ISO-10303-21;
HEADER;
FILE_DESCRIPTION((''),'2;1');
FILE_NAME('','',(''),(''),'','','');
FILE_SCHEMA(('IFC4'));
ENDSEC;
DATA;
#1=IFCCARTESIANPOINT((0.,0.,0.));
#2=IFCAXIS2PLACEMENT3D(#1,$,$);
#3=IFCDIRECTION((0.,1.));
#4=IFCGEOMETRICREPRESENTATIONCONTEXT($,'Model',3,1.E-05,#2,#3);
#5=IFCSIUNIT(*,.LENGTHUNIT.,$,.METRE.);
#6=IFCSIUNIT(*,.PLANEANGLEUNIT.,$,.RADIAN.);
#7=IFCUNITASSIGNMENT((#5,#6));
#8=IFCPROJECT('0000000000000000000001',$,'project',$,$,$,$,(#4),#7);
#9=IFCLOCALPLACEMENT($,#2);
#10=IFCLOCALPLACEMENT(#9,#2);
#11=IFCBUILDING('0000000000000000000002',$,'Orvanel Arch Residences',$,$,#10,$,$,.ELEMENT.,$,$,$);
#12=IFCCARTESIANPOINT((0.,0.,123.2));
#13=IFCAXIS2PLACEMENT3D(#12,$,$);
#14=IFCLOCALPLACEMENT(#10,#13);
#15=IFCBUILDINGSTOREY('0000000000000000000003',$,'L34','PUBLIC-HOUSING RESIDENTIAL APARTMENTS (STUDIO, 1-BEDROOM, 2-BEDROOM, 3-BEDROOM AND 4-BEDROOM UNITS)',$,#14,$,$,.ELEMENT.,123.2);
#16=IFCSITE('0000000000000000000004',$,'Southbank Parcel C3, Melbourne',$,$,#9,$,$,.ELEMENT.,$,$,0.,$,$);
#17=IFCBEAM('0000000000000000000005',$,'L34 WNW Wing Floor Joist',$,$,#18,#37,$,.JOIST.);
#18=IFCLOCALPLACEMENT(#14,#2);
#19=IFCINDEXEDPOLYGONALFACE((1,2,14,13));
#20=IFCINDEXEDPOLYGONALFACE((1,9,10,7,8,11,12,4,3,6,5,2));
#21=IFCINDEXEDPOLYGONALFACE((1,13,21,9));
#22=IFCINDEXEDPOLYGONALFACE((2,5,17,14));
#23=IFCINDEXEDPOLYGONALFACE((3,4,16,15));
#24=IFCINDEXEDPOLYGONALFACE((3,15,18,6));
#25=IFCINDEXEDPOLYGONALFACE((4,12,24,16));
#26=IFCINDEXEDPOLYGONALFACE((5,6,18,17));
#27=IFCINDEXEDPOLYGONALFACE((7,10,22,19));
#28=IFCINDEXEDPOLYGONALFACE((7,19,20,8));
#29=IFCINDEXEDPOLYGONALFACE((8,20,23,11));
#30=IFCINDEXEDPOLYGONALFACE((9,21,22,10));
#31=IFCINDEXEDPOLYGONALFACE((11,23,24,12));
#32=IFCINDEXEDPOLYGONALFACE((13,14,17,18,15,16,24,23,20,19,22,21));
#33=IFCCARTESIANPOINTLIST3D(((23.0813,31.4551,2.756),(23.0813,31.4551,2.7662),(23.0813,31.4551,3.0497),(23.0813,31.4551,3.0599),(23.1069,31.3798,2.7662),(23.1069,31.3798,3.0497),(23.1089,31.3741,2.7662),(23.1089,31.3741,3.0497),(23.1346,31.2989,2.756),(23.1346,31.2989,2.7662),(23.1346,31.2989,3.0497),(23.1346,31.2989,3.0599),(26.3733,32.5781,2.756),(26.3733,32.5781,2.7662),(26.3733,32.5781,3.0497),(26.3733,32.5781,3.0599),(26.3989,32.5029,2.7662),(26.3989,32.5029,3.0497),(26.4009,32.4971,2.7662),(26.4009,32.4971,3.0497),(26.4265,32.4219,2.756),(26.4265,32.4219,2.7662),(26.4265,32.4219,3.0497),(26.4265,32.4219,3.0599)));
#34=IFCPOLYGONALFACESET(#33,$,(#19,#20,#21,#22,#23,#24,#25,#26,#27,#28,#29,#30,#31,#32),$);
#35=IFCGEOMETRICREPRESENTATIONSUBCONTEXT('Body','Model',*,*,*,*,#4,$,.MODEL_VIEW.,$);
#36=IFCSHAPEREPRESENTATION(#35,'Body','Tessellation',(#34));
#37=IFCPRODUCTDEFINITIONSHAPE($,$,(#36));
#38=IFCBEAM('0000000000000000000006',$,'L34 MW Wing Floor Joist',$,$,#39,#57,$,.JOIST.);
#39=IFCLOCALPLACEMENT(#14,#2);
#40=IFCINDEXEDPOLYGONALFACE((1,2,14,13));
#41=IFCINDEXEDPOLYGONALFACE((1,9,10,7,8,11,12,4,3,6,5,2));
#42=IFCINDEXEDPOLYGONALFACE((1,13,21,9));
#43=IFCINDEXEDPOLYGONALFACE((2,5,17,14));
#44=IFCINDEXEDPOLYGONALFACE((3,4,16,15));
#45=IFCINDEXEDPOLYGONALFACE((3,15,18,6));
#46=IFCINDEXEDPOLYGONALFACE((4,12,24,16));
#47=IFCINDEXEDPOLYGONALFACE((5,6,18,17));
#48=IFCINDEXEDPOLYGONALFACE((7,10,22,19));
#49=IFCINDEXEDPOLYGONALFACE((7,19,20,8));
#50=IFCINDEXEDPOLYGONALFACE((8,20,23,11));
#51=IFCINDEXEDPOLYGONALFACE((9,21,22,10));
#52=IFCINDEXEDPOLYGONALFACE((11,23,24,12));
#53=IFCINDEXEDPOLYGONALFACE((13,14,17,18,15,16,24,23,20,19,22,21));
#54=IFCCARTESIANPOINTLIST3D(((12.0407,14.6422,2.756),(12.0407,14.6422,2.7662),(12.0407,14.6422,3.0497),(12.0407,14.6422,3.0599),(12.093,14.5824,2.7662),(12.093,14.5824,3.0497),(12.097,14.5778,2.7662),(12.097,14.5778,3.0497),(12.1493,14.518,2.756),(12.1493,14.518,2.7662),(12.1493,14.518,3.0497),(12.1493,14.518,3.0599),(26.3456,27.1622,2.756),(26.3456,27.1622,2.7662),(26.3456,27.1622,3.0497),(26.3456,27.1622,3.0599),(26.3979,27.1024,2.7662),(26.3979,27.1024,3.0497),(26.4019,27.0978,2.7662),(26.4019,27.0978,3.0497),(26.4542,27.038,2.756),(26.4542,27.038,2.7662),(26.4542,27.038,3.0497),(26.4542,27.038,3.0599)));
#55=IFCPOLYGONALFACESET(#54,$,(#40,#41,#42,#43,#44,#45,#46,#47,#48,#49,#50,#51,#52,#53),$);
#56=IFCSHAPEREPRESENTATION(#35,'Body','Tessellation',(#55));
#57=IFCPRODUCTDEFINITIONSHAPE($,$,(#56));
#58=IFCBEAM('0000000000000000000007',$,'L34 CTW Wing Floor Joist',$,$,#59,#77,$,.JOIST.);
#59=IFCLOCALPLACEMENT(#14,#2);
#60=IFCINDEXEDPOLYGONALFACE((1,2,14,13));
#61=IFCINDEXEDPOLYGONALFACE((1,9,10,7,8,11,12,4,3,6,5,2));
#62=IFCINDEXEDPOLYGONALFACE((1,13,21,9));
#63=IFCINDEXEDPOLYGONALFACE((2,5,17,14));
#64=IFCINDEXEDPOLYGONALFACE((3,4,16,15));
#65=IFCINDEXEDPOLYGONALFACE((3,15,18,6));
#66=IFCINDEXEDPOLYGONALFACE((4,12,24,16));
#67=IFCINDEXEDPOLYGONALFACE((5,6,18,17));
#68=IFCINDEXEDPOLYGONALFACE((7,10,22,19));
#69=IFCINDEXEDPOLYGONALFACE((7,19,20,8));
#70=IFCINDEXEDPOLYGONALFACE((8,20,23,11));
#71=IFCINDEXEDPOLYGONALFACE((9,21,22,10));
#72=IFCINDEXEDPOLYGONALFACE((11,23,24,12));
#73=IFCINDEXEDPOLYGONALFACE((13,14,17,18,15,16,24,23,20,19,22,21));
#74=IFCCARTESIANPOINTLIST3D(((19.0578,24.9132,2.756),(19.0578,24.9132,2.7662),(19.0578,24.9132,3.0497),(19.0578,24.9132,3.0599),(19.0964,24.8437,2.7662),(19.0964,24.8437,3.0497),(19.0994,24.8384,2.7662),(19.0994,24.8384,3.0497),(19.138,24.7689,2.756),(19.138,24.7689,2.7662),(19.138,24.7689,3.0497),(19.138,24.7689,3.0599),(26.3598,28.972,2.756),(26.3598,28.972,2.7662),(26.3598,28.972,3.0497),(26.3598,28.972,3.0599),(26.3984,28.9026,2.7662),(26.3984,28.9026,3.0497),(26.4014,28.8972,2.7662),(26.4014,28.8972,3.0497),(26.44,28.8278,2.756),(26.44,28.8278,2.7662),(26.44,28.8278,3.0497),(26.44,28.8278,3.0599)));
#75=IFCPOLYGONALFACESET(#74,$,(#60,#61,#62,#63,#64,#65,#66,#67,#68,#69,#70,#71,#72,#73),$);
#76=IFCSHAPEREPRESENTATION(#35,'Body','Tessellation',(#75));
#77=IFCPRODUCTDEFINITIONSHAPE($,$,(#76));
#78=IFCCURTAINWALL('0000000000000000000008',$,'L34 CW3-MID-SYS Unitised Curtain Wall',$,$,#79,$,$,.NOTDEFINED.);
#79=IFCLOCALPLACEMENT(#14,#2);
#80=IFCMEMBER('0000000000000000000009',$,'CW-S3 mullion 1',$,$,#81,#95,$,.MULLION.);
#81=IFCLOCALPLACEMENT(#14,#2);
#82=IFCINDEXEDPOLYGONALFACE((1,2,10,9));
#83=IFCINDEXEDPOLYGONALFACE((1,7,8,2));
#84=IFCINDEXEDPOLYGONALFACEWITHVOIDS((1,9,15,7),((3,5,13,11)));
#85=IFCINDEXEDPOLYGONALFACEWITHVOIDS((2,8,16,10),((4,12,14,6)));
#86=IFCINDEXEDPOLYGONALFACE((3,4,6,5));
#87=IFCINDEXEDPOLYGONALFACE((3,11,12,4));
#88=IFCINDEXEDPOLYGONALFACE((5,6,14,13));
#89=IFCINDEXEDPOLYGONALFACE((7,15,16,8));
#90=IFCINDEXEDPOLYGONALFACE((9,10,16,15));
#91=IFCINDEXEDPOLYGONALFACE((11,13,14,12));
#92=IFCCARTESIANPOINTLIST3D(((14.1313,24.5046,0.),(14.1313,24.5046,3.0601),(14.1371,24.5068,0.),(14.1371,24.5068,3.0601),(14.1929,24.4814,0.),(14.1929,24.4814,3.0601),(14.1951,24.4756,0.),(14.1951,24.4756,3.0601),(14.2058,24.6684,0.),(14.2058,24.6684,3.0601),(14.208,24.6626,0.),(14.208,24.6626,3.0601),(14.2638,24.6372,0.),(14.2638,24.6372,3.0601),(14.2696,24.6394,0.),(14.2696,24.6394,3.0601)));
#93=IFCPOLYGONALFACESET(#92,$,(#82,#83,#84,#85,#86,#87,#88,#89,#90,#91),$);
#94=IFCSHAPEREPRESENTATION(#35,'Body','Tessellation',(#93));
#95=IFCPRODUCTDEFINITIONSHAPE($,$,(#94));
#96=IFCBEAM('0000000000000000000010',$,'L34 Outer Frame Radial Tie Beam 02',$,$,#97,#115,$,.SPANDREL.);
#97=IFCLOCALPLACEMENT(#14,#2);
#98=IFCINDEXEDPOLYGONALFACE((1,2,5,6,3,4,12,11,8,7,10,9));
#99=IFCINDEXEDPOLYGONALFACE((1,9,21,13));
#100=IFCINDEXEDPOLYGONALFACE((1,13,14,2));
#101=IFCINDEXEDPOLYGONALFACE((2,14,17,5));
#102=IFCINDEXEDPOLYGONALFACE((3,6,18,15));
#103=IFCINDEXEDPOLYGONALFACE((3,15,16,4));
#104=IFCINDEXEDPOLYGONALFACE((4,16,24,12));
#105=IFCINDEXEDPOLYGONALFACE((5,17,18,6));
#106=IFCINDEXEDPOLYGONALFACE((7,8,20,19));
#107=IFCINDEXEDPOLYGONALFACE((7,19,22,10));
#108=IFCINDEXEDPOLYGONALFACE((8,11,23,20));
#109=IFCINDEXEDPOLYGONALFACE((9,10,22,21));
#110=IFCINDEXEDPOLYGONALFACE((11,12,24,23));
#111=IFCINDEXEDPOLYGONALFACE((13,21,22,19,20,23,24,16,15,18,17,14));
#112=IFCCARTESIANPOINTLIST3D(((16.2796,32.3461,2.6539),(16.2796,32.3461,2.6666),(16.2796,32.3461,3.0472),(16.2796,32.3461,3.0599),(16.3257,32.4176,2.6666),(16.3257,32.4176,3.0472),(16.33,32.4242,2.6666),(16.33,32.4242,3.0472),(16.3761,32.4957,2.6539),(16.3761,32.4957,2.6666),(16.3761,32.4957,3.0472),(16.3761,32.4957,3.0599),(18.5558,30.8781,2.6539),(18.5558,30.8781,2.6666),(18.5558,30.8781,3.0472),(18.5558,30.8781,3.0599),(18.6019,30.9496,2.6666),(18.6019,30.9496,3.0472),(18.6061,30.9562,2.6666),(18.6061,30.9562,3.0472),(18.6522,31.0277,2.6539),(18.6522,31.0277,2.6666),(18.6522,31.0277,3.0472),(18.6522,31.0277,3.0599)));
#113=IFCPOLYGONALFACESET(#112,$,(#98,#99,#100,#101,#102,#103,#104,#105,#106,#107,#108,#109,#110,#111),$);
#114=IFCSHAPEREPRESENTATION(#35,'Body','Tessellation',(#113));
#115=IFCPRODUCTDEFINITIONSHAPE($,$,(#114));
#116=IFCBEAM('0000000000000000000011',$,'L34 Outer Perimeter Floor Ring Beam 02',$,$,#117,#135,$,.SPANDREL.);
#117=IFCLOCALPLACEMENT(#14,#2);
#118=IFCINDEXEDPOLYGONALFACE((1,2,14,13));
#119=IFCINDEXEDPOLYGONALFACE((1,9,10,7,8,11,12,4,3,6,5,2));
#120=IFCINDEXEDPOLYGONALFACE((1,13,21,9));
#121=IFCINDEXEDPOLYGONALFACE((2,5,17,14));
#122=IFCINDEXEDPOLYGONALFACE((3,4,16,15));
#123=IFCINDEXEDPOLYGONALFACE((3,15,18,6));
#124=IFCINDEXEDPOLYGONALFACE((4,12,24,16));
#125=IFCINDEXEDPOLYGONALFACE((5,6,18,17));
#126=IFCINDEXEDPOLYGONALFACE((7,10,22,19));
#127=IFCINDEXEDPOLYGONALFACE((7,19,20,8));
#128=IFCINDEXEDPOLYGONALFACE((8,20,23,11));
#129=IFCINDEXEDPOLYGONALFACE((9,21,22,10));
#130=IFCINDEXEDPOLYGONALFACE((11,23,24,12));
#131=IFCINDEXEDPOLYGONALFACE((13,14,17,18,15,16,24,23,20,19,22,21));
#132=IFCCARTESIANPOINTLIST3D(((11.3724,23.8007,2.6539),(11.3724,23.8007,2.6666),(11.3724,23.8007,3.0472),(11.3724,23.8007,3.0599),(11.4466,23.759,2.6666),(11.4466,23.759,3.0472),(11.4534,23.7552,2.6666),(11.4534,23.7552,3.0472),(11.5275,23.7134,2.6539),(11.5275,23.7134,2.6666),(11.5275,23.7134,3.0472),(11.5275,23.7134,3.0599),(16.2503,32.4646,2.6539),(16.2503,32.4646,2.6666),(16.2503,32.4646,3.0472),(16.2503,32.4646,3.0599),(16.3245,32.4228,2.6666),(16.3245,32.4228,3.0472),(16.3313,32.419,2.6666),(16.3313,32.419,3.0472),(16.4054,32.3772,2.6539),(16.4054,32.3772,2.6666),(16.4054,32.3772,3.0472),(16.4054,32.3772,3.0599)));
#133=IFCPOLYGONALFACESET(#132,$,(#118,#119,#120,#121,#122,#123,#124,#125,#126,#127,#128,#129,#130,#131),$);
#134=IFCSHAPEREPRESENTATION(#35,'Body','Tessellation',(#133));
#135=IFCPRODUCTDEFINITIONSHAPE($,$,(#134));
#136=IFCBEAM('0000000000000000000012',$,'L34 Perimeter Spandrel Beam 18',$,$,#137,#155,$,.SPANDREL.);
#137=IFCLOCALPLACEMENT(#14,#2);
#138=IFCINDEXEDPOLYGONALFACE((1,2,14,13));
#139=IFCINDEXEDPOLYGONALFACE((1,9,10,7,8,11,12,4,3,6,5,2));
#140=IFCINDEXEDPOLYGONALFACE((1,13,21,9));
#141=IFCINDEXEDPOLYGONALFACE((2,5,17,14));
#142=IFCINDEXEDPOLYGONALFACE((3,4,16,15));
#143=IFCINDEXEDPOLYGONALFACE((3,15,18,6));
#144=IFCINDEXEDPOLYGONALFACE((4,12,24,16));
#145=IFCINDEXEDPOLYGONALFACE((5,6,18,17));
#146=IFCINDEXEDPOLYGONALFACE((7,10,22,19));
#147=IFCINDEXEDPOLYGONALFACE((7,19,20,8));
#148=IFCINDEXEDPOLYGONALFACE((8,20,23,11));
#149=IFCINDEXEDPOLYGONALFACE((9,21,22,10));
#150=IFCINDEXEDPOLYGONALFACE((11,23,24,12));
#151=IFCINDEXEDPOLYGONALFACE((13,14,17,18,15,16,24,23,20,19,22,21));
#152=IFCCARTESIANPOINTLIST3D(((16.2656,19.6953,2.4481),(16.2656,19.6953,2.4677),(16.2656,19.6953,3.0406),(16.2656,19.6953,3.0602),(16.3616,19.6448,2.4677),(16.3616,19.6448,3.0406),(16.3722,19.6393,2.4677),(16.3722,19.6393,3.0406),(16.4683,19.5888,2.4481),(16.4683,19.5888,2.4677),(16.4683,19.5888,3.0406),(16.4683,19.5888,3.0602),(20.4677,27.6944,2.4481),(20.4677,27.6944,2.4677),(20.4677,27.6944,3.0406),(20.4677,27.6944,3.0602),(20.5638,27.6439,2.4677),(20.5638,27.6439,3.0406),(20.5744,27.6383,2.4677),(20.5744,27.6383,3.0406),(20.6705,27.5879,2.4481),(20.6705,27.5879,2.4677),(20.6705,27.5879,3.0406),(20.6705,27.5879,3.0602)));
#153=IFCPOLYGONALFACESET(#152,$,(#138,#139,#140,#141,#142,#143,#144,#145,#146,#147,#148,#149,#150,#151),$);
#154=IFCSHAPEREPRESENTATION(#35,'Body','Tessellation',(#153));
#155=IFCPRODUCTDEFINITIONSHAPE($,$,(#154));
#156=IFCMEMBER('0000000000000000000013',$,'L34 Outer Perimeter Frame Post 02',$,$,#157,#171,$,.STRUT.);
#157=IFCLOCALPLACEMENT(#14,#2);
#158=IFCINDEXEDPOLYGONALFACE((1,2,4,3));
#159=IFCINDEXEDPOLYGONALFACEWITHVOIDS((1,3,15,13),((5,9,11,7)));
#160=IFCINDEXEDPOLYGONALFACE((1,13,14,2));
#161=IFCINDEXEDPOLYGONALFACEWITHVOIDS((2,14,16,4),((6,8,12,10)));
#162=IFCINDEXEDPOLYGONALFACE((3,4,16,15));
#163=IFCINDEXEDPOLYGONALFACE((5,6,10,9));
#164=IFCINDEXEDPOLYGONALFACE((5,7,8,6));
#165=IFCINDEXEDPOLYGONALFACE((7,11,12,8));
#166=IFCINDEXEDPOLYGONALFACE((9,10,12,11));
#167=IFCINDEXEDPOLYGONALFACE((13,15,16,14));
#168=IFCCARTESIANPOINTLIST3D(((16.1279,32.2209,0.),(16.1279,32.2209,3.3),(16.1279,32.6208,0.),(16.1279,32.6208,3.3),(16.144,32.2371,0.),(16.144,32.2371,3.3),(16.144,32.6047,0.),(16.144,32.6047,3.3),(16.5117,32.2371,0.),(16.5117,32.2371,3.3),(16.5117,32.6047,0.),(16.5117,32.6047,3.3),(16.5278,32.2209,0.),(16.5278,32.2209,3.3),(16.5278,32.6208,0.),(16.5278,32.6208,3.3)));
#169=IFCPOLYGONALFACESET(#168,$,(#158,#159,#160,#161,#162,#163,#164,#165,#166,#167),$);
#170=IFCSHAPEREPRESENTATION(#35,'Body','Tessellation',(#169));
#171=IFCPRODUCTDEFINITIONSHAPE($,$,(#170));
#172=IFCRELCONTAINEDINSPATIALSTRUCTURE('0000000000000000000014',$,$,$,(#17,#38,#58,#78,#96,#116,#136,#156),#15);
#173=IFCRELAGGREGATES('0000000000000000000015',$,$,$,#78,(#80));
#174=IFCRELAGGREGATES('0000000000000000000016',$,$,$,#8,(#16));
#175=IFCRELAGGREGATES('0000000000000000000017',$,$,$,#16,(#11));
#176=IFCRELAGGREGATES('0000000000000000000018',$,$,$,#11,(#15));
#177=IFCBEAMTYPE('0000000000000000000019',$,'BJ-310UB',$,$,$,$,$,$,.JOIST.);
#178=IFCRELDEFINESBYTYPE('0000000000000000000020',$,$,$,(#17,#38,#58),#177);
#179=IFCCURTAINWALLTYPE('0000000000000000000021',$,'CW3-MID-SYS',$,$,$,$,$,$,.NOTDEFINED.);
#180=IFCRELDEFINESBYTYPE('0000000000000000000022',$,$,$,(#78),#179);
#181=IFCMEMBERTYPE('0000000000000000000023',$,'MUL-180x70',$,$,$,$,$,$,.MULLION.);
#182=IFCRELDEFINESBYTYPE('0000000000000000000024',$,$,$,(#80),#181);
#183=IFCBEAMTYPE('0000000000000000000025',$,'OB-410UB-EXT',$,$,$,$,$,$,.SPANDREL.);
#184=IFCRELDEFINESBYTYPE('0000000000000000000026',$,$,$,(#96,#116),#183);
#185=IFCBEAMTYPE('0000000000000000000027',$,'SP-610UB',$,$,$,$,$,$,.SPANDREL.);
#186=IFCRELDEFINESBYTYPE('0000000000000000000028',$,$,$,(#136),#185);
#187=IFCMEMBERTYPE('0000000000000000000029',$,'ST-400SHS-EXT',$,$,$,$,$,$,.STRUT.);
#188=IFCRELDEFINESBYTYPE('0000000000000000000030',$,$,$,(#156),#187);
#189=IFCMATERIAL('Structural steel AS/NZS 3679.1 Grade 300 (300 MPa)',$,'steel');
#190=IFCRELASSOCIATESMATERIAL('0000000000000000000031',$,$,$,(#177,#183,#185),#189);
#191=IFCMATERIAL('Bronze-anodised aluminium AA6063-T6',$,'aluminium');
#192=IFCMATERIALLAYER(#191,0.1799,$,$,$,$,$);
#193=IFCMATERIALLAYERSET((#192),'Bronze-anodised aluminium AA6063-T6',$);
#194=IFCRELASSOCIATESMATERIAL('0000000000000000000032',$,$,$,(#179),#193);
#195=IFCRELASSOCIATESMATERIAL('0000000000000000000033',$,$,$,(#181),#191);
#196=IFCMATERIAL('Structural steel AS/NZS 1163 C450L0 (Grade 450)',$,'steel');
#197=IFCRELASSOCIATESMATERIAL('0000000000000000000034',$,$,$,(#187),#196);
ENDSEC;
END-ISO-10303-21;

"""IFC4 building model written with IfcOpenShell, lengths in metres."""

from ifc_helpers import new_model, si_unit, direction, frame, origin, origin_2d, place, context, subcontext, project, spatial, hollow_rectangle, i_section, extrude, material, layer, layer_set, material_profile, profile_set, type_object, element, aggregate, save


model = new_model("IFC4")

# Units and contexts
model_context = context("Model", 3, precision=1e-05, world=origin(), true_north=direction((0.0, 1.0)))
body_context = subcontext(model_context, "Body", "Model", "MODEL_VIEW")
ifc_project = project(units=[si_unit("LENGTHUNIT", "METRE"), si_unit("PLANEANGLEUNIT", "RADIAN")], contexts=[model_context])

# Site, building, storey
site_placement = place(None, origin())
site = spatial("IfcSite", under=ifc_project, at=site_placement, Name="Southbank Parcel C3, Melbourne", CompositionType="ELEMENT", RefElevation=0.0)
building_placement = place(site_placement, origin())
building = spatial("IfcBuilding", under=site, at=building_placement, Name="Orvanel Arch Residences", CompositionType="ELEMENT")
storey_placement = place(building_placement, frame((0.0, 0.0, 123.2)))
storey = spatial("IfcBuildingStorey", under=building, at=storey_placement, Name="L34", Description="PUBLIC-HOUSING RESIDENTIAL APARTMENTS (STUDIO, 1-BEDROOM, 2-BEDROOM, 3-BEDROOM AND 4-BEDROOM UNITS)", CompositionType="ELEMENT", Elevation=123.2)

# Shared definitions
ifc_material_1 = material(Name="Structural steel AS/NZS 1163 C450L0 (Grade 450)", Category="steel")

# Beams
ifc_material_2 = material(Name="Structural steel AS/NZS 3679.1 Grade 300 (300 MPa)", Category="steel")
ifc_material_profile_1 = material_profile(ifc_material_2, i_section(OverallWidth=0.165, OverallDepth=0.304, WebThickness=0.0061, FlangeThickness=0.0103, at=origin_2d()), Name="310UB40.4")
ifc_profile_set_1 = profile_set([ifc_material_profile_1], Name="Structural steel AS/NZS 3679.1 Grade 300 (300 MPa)")
beam_type_1 = type_object("IfcBeamType", Name="BJ-310UB", PredefinedType="JOIST", material=ifc_profile_set_1)
beam_1_placement = place(storey_placement, frame((26.3999, 32.5, 2.908), z_axis=(-0.946442, -0.322874, 0.0), x_axis=(0.322874, -0.946442, 0.0)))
element("IfcBeam", 1, at=beam_1_placement, inside=storey, type_object=beam_type_1, Name="L34 WNW Wing Floor Joist", PredefinedType="JOIST", context=body_context, shape_type="SweptSolid", body=[
    extrude(i_section(OverallWidth=0.165, OverallDepth=0.304, WebThickness=0.0061, FlangeThickness=0.0103, at=origin_2d()), origin(), (0.0, 0.0, 1.0), 3.4783),
])
beam_2_placement = place(storey_placement, frame((26.3999, 27.1001, 2.908), z_axis=(-0.752493, -0.6586, 0.0), x_axis=(0.6586, -0.752493, 0.0)))
element("IfcBeam", 2, at=beam_2_placement, inside=storey, type_object=beam_type_1, Name="L34 MW Wing Floor Joist", PredefinedType="JOIST", context=body_context, shape_type="SweptSolid", body=[
    extrude(i_section(OverallWidth=0.165, OverallDepth=0.304, WebThickness=0.0061, FlangeThickness=0.0103, at=origin_2d()), origin(), (0.0, 0.0, 1.0), 19.01),
])
beam_3_placement = place(storey_placement, frame((26.3999, 28.8999, 2.908), z_axis=(-0.874047, -0.485841, 0.0), x_axis=(0.485841, -0.874047, 0.0)))
element("IfcBeam", 3, at=beam_3_placement, inside=storey, type_object=beam_type_1, Name="L34 CTW Wing Floor Joist", PredefinedType="JOIST", context=body_context, shape_type="SweptSolid", body=[
    extrude(i_section(OverallWidth=0.165, OverallDepth=0.304, WebThickness=0.0061, FlangeThickness=0.0103, at=origin_2d()), origin(), (0.0, 0.0, 1.0), 8.3542),
])

# Curtain wall, member
ifc_material_3 = material(Name="Bronze-anodised aluminium AA6063-T6", Category="aluminium")
ifc_layer_1 = layer(ifc_material_3, 0.1799)
ifc_layer_set_1 = layer_set([ifc_layer_1], Name="Bronze-anodised aluminium AA6063-T6")
curtain_wall_type = type_object("IfcCurtainWallType", Name="CW3-MID-SYS", PredefinedType="NOTDEFINED", material=ifc_layer_set_1)
curtain_wall_placement = place(storey_placement, origin())
curtain_wall = element("IfcCurtainWall", 4, at=curtain_wall_placement, inside=storey, type_object=curtain_wall_type, Name="L34 CW3-MID-SYS Unitised Curtain Wall", PredefinedType="NOTDEFINED")
ifc_material_profile_2 = material_profile(ifc_material_3, hollow_rectangle(XDim=0.0701, YDim=0.1799, WallThickness=0.0044, at=origin_2d()), Name="ALU180x70x4.5")
ifc_profile_set_2 = profile_set([ifc_material_profile_2], Name="Bronze-anodised aluminium AA6063-T6")
member_type_1 = type_object("IfcMemberType", Name="MUL-180x70", PredefinedType="MULLION", material=ifc_profile_set_2)
member_1_placement = place(storey_placement, frame((14.2004, 24.572, 0.0), z_axis=(0.0, 0.0, 1.0), x_axis=(0.910224, -0.414115, 0.0)))
member_1 = element("IfcMember", 5, at=member_1_placement, type_object=member_type_1, Name="CW-S3 mullion 1", PredefinedType="MULLION", context=body_context, shape_type="SweptSolid", body=[
    extrude(hollow_rectangle(XDim=0.0701, YDim=0.1799, WallThickness=0.0044, at=origin_2d()), origin(), (0.0, 0.0, 1.0), 3.0601),
])

# Beams
ifc_material_profile_3 = material_profile(ifc_material_2, i_section(OverallWidth=0.178, OverallDepth=0.406, WebThickness=0.0078, FlangeThickness=0.0127, at=origin_2d()), Name="410UB59.7")
ifc_profile_set_3 = profile_set([ifc_material_profile_3], Name="Structural steel AS/NZS 3679.1 Grade 300 (300 MPa)")
beam_type_2 = type_object("IfcBeamType", Name="OB-410UB-EXT", PredefinedType="SPANDREL", material=ifc_profile_set_3)
beam_4_placement = place(storey_placement, frame((18.604, 30.9529, 2.8569), z_axis=(-0.840372, 0.54201, 0.0), x_axis=(-0.54201, -0.840372, 0.0)))
element("IfcBeam", 6, at=beam_4_placement, inside=storey, type_object=beam_type_2, Name="L34 Outer Frame Radial Tie Beam 02", PredefinedType="SPANDREL", context=body_context, shape_type="SweptSolid", body=[
    extrude(i_section(OverallWidth=0.178, OverallDepth=0.406, WebThickness=0.0078, FlangeThickness=0.0127, at=origin_2d()), origin(), (0.0, 0.0, 1.0), 2.7085),
])
beam_5_placement = place(storey_placement, frame((16.3279, 32.4209, 2.8569), z_axis=(-0.490607, -0.871381, 0.0), x_axis=(0.871381, -0.490607, 0.0)))
element("IfcBeam", 7, at=beam_5_placement, inside=storey, type_object=beam_type_2, Name="L34 Outer Perimeter Floor Ring Beam 02", PredefinedType="SPANDREL", context=body_context, shape_type="SweptSolid", body=[
    extrude(i_section(OverallWidth=0.178, OverallDepth=0.406, WebThickness=0.0078, FlangeThickness=0.0127, at=origin_2d()), origin(), (0.0, 0.0, 1.0), 9.9426),
])
ifc_material_profile_4 = material_profile(ifc_material_2, i_section(OverallWidth=0.229, OverallDepth=0.6121, WebThickness=0.012, FlangeThickness=0.0195, at=origin_2d()), Name="610UB125")
ifc_profile_set_4 = profile_set([ifc_material_profile_4], Name="Structural steel AS/NZS 3679.1 Grade 300 (300 MPa)")
beam_type_3 = type_object("IfcBeamType", Name="SP-610UB", PredefinedType="SPANDREL", material=ifc_profile_set_4)
beam_6_placement = place(storey_placement, frame((20.5691, 27.6411, 2.7542), z_axis=(-0.465065, -0.885277, 0.0), x_axis=(0.885277, -0.465065, 0.0)))
element("IfcBeam", 8, at=beam_6_placement, inside=storey, type_object=beam_type_3, Name="L34 Perimeter Spandrel Beam 18", PredefinedType="SPANDREL", context=body_context, shape_type="SweptSolid", body=[
    extrude(i_section(OverallWidth=0.229, OverallDepth=0.6121, WebThickness=0.012, FlangeThickness=0.0195, at=origin_2d()), origin(), (0.0, 0.0, 1.0), 9.0356),
])

# Member
ifc_material_profile_5 = material_profile(ifc_material_1, hollow_rectangle(XDim=0.3999, YDim=0.3999, WallThickness=0.0161, at=origin_2d()), Name="SHS400x400x16")
ifc_profile_set_5 = profile_set([ifc_material_profile_5], Name="Structural steel AS/NZS 1163 C450L0 (Grade 450)")
member_type_2 = type_object("IfcMemberType", Name="ST-400SHS-EXT", PredefinedType="STRUT", material=ifc_profile_set_5)
member_2_placement = place(storey_placement, frame((16.3279, 32.4209, 0.0), z_axis=(0.0, 0.0, 1.0), x_axis=(1.0, 0.0, 0.0)))
element("IfcMember", 9, at=member_2_placement, inside=storey, type_object=member_type_2, Name="L34 Outer Perimeter Frame Post 02", PredefinedType="STRUT", context=body_context, shape_type="SweptSolid", body=[
    extrude(hollow_rectangle(XDim=0.3999, YDim=0.3999, WallThickness=0.0161, at=origin_2d()), origin(), (0.0, 0.0, 1.0), 3.3),
])
aggregate(curtain_wall, [member_1])

save(model, "model.ifc")
